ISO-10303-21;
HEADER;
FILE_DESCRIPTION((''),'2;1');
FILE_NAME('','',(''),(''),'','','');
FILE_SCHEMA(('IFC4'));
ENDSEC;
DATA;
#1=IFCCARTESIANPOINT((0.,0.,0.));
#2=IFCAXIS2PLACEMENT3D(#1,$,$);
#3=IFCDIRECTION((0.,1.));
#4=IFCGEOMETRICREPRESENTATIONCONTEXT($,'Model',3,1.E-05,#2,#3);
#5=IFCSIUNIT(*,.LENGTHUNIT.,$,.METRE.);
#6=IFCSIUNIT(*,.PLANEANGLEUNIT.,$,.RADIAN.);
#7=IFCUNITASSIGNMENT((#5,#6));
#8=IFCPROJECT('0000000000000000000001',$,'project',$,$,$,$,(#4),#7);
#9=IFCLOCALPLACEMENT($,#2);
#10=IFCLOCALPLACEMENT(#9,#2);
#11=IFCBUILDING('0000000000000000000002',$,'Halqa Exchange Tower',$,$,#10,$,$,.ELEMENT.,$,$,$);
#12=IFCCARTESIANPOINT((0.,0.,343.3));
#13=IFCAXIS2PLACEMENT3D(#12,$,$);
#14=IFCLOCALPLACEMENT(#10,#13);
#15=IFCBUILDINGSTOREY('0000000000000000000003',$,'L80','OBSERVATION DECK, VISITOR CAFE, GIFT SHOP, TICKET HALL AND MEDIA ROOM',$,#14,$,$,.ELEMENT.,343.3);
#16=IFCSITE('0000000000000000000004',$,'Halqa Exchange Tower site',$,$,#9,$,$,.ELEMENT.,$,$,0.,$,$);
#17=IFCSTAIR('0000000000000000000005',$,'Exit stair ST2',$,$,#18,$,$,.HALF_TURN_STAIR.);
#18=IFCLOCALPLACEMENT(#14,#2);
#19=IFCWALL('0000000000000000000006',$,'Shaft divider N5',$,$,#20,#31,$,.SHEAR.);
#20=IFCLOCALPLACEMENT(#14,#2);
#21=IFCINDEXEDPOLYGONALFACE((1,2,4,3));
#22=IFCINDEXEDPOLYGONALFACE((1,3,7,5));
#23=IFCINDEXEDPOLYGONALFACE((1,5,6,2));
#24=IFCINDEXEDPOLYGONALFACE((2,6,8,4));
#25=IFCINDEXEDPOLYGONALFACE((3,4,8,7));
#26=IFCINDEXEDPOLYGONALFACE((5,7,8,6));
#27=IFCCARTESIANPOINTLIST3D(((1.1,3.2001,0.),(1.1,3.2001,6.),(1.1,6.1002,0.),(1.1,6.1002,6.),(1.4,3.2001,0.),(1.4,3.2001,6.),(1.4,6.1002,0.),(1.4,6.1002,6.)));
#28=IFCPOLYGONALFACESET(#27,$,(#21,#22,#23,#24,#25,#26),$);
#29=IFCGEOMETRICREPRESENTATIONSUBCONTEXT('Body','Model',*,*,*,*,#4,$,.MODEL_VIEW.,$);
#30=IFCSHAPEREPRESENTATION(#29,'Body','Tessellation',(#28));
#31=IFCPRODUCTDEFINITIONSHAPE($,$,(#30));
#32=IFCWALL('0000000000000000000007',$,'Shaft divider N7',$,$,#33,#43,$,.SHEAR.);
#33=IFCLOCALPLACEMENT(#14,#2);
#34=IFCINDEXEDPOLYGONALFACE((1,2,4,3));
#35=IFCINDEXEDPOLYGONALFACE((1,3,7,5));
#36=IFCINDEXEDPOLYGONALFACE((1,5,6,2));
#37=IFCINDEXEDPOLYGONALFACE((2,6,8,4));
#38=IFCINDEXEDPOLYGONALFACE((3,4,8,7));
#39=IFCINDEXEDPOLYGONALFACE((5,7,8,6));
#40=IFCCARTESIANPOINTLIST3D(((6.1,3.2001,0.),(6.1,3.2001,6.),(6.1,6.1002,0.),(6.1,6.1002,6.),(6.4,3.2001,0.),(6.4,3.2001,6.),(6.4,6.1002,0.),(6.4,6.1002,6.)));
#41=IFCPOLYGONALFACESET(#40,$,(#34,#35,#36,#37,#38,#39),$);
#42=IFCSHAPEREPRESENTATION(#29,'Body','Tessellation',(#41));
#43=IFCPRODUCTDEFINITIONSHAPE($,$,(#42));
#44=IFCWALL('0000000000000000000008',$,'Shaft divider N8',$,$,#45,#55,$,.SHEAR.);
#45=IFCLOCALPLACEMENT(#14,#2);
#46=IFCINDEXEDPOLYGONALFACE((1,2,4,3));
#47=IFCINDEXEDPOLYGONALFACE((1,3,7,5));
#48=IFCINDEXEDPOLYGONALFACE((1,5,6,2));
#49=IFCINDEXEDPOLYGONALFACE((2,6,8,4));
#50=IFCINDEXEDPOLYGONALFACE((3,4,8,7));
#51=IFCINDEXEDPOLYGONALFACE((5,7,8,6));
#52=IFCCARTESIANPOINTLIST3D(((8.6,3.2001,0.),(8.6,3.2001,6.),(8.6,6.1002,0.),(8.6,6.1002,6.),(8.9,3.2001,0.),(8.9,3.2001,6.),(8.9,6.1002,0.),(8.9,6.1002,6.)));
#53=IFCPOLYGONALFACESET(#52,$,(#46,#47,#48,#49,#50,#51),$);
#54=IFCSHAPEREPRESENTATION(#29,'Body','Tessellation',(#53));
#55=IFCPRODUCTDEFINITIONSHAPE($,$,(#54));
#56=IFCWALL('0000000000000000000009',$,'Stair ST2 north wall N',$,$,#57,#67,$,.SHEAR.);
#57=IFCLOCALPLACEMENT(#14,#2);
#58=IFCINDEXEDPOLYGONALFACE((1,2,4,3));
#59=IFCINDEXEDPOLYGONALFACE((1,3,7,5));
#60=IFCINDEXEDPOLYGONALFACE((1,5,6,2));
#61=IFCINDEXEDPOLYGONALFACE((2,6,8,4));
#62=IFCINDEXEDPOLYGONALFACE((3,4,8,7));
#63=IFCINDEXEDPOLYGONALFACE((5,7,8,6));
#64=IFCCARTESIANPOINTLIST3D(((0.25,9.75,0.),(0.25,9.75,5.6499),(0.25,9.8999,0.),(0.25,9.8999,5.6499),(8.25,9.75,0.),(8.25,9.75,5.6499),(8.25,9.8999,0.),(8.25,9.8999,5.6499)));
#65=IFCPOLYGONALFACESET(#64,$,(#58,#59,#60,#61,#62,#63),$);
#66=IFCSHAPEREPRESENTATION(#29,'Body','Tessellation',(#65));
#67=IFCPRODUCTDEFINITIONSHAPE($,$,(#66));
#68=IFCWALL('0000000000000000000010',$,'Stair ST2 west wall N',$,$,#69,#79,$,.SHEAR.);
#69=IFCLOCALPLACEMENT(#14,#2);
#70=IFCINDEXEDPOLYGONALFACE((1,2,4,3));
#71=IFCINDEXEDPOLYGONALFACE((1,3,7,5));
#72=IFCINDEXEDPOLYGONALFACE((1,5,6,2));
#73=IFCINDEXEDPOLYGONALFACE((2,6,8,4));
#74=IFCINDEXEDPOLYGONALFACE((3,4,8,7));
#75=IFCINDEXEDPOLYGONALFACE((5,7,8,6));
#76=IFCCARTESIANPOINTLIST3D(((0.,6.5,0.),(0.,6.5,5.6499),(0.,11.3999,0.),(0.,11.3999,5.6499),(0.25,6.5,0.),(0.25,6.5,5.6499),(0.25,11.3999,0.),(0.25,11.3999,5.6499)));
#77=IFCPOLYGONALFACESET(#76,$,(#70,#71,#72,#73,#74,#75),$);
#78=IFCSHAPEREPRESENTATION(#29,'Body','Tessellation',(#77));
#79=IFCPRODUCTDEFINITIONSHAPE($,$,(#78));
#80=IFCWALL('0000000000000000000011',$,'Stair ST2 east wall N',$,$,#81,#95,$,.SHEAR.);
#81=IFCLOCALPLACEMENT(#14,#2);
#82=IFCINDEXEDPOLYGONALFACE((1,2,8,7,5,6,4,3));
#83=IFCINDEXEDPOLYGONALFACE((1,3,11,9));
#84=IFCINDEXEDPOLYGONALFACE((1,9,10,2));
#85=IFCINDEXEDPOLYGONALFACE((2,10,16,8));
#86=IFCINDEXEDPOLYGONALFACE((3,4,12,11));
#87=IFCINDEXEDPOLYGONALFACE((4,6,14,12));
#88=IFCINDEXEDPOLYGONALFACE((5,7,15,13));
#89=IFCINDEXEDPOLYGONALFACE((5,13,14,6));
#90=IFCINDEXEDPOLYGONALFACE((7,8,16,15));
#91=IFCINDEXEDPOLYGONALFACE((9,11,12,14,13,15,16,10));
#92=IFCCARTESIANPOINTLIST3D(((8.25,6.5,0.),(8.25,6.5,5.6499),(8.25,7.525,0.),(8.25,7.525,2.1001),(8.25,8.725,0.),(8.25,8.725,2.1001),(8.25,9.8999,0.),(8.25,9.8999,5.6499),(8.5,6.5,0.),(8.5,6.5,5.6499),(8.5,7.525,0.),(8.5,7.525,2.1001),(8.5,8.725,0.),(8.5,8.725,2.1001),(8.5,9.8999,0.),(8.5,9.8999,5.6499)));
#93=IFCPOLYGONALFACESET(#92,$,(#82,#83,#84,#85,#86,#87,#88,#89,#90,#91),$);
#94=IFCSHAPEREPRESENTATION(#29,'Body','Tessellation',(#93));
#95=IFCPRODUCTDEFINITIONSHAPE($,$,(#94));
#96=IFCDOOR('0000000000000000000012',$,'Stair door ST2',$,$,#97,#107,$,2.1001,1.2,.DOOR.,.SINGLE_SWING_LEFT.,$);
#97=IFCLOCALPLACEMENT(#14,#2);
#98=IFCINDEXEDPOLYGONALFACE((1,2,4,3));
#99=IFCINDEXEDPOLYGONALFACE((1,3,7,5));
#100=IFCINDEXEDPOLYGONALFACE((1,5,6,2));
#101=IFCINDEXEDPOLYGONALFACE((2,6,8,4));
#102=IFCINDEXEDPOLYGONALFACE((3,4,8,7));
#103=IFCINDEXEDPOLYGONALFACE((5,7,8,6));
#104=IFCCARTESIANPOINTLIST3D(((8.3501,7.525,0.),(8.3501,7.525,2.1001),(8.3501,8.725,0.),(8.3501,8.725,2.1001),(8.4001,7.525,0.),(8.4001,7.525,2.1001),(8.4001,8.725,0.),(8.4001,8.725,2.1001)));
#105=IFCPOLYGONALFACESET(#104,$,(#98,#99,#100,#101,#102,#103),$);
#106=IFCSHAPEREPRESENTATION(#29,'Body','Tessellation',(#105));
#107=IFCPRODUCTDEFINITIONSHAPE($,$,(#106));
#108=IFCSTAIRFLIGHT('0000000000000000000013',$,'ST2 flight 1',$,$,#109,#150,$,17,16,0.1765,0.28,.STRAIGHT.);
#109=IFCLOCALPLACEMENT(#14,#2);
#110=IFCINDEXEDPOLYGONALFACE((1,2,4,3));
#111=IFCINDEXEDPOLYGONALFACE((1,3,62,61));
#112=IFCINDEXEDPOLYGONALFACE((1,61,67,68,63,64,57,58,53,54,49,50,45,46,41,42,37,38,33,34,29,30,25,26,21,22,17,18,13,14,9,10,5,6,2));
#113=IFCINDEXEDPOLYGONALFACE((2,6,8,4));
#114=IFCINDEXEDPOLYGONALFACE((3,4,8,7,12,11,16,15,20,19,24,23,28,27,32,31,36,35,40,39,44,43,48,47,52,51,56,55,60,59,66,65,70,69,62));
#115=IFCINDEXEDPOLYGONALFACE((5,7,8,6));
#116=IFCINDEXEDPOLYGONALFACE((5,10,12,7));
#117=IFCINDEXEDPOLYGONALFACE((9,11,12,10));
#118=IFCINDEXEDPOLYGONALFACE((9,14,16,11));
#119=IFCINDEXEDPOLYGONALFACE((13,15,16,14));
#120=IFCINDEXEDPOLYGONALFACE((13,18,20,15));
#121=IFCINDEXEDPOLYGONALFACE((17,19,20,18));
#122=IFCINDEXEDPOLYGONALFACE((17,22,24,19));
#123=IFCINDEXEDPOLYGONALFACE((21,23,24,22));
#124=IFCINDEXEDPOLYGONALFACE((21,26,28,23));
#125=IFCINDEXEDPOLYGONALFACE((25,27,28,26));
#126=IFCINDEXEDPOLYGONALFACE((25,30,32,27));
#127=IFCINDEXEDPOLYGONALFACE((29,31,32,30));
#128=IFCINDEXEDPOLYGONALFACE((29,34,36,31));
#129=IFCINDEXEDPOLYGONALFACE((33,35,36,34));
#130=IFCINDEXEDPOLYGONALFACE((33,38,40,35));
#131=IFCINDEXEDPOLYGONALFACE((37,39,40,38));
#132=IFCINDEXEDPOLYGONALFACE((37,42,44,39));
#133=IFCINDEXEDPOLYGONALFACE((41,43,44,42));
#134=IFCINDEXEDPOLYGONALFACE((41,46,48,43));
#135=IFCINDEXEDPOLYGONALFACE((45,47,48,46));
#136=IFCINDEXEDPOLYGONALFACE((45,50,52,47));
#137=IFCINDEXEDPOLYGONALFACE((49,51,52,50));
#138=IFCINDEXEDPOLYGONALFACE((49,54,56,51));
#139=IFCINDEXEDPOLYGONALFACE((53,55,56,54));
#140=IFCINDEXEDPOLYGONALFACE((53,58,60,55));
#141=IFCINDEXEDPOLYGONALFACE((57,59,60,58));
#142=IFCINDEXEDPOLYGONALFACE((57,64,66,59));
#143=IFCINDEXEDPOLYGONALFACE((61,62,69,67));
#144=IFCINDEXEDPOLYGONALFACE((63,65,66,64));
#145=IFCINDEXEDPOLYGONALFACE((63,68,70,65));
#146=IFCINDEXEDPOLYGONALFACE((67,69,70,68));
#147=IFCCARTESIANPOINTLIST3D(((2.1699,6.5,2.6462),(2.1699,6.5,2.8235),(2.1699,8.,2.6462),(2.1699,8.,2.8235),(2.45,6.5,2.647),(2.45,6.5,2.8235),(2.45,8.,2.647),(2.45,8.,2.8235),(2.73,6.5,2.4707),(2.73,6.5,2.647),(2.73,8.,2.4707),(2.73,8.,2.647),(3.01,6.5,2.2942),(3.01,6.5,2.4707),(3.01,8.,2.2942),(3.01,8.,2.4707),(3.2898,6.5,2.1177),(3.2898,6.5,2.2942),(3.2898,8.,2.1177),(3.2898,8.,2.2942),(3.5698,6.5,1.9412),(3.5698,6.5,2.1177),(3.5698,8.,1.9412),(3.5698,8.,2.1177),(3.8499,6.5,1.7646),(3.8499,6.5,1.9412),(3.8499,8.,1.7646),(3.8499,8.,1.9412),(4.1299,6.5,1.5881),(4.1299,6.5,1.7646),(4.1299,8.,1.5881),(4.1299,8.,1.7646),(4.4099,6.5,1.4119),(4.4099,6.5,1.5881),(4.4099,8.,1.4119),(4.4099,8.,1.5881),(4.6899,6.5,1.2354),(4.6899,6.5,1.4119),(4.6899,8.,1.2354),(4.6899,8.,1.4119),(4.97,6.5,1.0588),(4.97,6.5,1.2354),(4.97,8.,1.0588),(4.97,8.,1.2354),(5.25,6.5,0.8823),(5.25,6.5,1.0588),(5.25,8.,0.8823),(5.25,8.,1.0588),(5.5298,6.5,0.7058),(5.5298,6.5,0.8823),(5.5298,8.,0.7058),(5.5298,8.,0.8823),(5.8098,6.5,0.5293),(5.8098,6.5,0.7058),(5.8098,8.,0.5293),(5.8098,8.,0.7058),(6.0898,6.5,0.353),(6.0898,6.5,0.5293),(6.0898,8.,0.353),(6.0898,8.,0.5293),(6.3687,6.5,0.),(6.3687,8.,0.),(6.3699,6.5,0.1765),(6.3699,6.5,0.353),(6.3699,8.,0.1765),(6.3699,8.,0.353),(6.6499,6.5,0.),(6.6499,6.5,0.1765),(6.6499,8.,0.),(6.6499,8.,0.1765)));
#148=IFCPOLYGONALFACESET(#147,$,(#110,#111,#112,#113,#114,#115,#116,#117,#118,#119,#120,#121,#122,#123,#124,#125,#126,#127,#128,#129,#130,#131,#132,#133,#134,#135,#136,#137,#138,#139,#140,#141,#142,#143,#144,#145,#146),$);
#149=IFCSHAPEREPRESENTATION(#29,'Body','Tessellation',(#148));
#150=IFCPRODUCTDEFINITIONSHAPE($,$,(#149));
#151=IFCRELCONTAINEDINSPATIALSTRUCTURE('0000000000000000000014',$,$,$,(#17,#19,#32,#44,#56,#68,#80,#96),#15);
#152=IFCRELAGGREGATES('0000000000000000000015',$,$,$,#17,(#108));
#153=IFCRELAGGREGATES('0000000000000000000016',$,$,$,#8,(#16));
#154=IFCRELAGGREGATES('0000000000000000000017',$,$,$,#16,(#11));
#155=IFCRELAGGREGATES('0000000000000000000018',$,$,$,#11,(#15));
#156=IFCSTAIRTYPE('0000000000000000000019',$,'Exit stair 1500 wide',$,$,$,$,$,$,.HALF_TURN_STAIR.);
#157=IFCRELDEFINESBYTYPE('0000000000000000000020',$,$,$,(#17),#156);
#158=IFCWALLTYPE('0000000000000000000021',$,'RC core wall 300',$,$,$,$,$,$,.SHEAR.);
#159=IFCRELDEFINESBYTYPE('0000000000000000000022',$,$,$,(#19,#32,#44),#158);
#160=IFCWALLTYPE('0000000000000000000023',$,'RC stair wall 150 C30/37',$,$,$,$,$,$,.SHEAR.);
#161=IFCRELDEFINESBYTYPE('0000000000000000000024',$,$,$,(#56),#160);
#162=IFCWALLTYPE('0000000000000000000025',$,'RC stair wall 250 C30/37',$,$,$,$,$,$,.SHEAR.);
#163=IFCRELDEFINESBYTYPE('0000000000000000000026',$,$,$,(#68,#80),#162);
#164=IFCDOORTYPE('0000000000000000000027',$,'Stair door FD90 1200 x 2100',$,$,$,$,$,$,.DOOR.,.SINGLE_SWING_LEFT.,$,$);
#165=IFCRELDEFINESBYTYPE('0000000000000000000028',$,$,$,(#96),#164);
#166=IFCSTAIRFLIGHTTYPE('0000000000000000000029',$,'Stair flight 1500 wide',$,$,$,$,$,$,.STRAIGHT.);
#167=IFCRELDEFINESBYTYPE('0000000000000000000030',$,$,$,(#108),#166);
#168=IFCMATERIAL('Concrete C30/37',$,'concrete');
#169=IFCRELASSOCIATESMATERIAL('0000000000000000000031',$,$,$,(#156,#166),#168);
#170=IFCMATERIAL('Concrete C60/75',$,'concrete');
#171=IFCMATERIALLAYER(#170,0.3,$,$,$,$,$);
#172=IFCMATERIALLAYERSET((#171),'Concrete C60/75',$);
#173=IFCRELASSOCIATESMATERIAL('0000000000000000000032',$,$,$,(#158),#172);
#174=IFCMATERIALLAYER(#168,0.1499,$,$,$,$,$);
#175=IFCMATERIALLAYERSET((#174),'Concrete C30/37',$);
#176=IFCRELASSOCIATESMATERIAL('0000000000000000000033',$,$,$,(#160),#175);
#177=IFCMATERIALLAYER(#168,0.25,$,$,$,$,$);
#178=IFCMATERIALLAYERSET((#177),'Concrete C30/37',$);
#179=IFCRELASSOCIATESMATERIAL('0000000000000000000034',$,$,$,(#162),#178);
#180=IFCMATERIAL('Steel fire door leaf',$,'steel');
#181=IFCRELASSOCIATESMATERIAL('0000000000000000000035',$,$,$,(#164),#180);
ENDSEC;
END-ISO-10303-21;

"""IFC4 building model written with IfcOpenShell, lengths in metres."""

from ifc_helpers import new_model, si_unit, direction, frame, frame_2d, origin, place, context, subcontext, project, spatial, polyline, rectangle, outline, extrude, material, layer, layer_set, type_object, element, fill, aggregate, save


model = new_model("IFC4")

# Units and contexts
model_context = context("Model", 3, precision=1e-05, world=origin(), true_north=direction((0.0, 1.0)))
body_context = subcontext(model_context, "Body", "Model", "MODEL_VIEW")
ifc_project = project(units=[si_unit("LENGTHUNIT", "METRE"), si_unit("PLANEANGLEUNIT", "RADIAN")], contexts=[model_context])

# Site, building, storey
site_placement = place(None, origin())
site = spatial("IfcSite", under=ifc_project, at=site_placement, Name="Halqa Exchange Tower site", CompositionType="ELEMENT", RefElevation=0.0)
building_placement = place(site_placement, origin())
building = spatial("IfcBuilding", under=site, at=building_placement, Name="Halqa Exchange Tower", CompositionType="ELEMENT")
storey_placement = place(building_placement, frame((0.0, 0.0, 343.3)))
storey = spatial("IfcBuildingStorey", under=building, at=storey_placement, Name="L80", Description="OBSERVATION DECK, VISITOR CAFE, GIFT SHOP, TICKET HALL AND MEDIA ROOM", CompositionType="ELEMENT", Elevation=343.3)

# Shared definitions
ifc_material_1 = material(Name="Concrete C60/75", Category="concrete")

# Stair
ifc_material_2 = material(Name="Concrete C30/37", Category="concrete")
stair_type = type_object("IfcStairType", Name="Exit stair 1500 wide", PredefinedType="HALF_TURN_STAIR", material=ifc_material_2)
stair_1_placement = place(storey_placement, origin())
stair_1 = element("IfcStair", 1, at=stair_1_placement, inside=storey, type_object=stair_type, Name="Exit stair ST2", PredefinedType="HALF_TURN_STAIR")

# Walls
ifc_layer_1 = layer(ifc_material_1, 0.3)
ifc_layer_set_1 = layer_set([ifc_layer_1], Name="Concrete C60/75")
wall_type_1 = type_object("IfcWallType", Name="RC core wall 300", PredefinedType="SHEAR", material=ifc_layer_set_1)
for number, where, z_axis, x_axis, name in (
    (2, (1.25, 3.2, 0.0), (0.0, 0.0, 1.0), (0.0, 1.0, 0.0), "Shaft divider N5"),
    (3, (6.25, 3.2, 0.0), (0.0, 0.0, 1.0), (0.0, 1.0, 0.0), "Shaft divider N7"),
    (4, (8.75, 3.2, 0.0), (0.0, 0.0, 1.0), (0.0, 1.0, 0.0), "Shaft divider N8"),
):
    element("IfcWall", number, at=place(storey_placement, frame(where, z_axis=z_axis, x_axis=x_axis)), inside=storey, type_object=wall_type_1, Name=name, PredefinedType="SHEAR", context=body_context, shape_type="SweptSolid", body=[
        extrude(rectangle(XDim=2.9001, YDim=0.3, at=frame_2d((1.4502, 0.0))), origin(), (0.0, 0.0, 1.0), 6.0),
    ])
ifc_layer_2 = layer(ifc_material_2, 0.1499)
ifc_layer_set_2 = layer_set([ifc_layer_2], Name="Concrete C30/37")
wall_type_2 = type_object("IfcWallType", Name="RC stair wall 150 C30/37", PredefinedType="SHEAR", material=ifc_layer_set_2)
wall_1_placement = place(storey_placement, frame((0.25, 9.825, 0.0), z_axis=(0.0, 0.0, 1.0), x_axis=(1.0, 0.0, 0.0)))
element("IfcWall", 5, at=wall_1_placement, inside=storey, type_object=wall_type_2, Name="Stair ST2 north wall N", PredefinedType="SHEAR", context=body_context, shape_type="SweptSolid", body=[
    extrude(rectangle(XDim=8.0, YDim=0.1499, at=frame_2d((4.0, 0.0))), origin(), (0.0, 0.0, 1.0), 5.6499),
])
ifc_layer_3 = layer(ifc_material_2, 0.25)
ifc_layer_set_3 = layer_set([ifc_layer_3], Name="Concrete C30/37")
wall_type_3 = type_object("IfcWallType", Name="RC stair wall 250 C30/37", PredefinedType="SHEAR", material=ifc_layer_set_3)
wall_2_placement = place(storey_placement, frame((0.125, 6.5, 0.0), z_axis=(0.0, 0.0, 1.0), x_axis=(0.0, 1.0, 0.0)))
element("IfcWall", 6, at=wall_2_placement, inside=storey, type_object=wall_type_3, Name="Stair ST2 west wall N", PredefinedType="SHEAR", context=body_context, shape_type="SweptSolid", body=[
    extrude(rectangle(XDim=4.8999, YDim=0.25, at=frame_2d((2.45, 0.0))), origin(), (0.0, 0.0, 1.0), 5.6499),
])

# Wall, opening, door
wall_3_placement = place(storey_placement, frame((8.375, 6.5, 0.0), z_axis=(0.0, 0.0, 1.0), x_axis=(0.0, 1.0, 0.0)))
wall_3 = element("IfcWall", 7, at=wall_3_placement, inside=storey, type_object=wall_type_3, Name="Stair ST2 east wall N", PredefinedType="SHEAR", context=body_context, shape_type="SweptSolid", body=[
    extrude(rectangle(XDim=3.3999, YDim=0.25, at=frame_2d((1.7, 0.0))), origin(), (0.0, 0.0, 1.0), 5.6499),
])
opening_placement = place(wall_3_placement, frame((1.0249, 0.0, 0.0)))
opening = element("IfcOpeningElement", 8, at=opening_placement, cuts=wall_3, PredefinedType="OPENING", context=body_context, shape_type="SweptSolid", body=[
    extrude(rectangle(XDim=1.2, YDim=2.1001, at=frame_2d((0.6001, 1.05))), frame((0.0, 0.137, 0.0), z_axis=(0.0, -1.0, 0.0), x_axis=(1.0, 0.0, 0.0)), (0.0, 0.0, 1.0), 0.2739),
])
ifc_material_3 = material(Name="Steel fire door leaf", Category="steel")
door_type = type_object("IfcDoorType", Name="Stair door FD90 1200 x 2100", OperationType="SINGLE_SWING_LEFT", PredefinedType="DOOR", material=ifc_material_3)
door_placement = place(opening_placement, origin())
door = element("IfcDoor", 9, at=door_placement, inside=storey, type_object=door_type, Name="Stair door ST2", OperationType="SINGLE_SWING_LEFT", OverallHeight=2.1001, OverallWidth=1.2, PredefinedType="DOOR", context=body_context, shape_type="SweptSolid", body=[
    extrude(rectangle(XDim=1.2, YDim=2.1001, at=frame_2d((0.6001, 1.05))), frame((0.0, 0.0249, 0.0), z_axis=(0.0, -1.0, 0.0), x_axis=(1.0, 0.0, 0.0)), (0.0, 0.0, 1.0), 0.05),
])
fill(opening, door)

# Stair flight
stair_flight_type = type_object("IfcStairFlightType", Name="Stair flight 1500 wide", PredefinedType="STRAIGHT", material=ifc_material_2)
stair_flight_1_placement = place(storey_placement, frame((6.6499, 7.25, 0.0), z_axis=(0.0, 0.0, 1.0), x_axis=(-1.0, 0.0, 0.0)))
stair_flight_1 = element("IfcStairFlight", 10, at=stair_flight_1_placement, type_object=stair_flight_type, Name="ST2 flight 1", NumberOfRisers=17, NumberOfTreads=16, PredefinedType="STRAIGHT", RiserHeight=0.1765, TreadLength=0.28, context=body_context, shape_type="SweptSolid", body=[
    extrude(outline(polyline([(0.0, 0.0), (0.0, 0.1765), (0.28, 0.1765), (0.28, 0.353), (0.5601, 0.353), (0.5601, 0.5293), (0.8401, 0.5293), (0.8401, 0.7058), (1.1201, 0.7058), (1.1201, 0.8823), (1.3999, 0.8823), (1.3999, 1.0588), (1.6799, 1.0588), (1.6799, 1.2354), (1.96, 1.2354), (1.96, 1.4119), (2.24, 1.4119), (2.24, 1.5881), (2.52, 1.5881), (2.52, 1.7646), (2.8, 1.7646), (2.8, 1.9412), (3.0801, 1.9412), (3.0801, 2.1177), (3.3601, 2.1177), (3.3601, 2.2942), (3.6399, 2.2942), (3.6399, 2.4707), (3.9199, 2.4707), (3.9199, 2.647), (4.2, 2.647), (4.2, 2.8235), (4.48, 2.8235), (4.48, 3.0), (4.48, 2.6462), (0.2812, 0.0), (0.0, 0.0)])), frame((0.0, 0.75, 0.0), z_axis=(0.0, -1.0, 0.0), x_axis=(1.0, 0.0, 0.0)), (0.0, 0.0, 1.0), 1.5),
])
aggregate(stair_1, [stair_flight_1])

save(model, "model.ifc")
